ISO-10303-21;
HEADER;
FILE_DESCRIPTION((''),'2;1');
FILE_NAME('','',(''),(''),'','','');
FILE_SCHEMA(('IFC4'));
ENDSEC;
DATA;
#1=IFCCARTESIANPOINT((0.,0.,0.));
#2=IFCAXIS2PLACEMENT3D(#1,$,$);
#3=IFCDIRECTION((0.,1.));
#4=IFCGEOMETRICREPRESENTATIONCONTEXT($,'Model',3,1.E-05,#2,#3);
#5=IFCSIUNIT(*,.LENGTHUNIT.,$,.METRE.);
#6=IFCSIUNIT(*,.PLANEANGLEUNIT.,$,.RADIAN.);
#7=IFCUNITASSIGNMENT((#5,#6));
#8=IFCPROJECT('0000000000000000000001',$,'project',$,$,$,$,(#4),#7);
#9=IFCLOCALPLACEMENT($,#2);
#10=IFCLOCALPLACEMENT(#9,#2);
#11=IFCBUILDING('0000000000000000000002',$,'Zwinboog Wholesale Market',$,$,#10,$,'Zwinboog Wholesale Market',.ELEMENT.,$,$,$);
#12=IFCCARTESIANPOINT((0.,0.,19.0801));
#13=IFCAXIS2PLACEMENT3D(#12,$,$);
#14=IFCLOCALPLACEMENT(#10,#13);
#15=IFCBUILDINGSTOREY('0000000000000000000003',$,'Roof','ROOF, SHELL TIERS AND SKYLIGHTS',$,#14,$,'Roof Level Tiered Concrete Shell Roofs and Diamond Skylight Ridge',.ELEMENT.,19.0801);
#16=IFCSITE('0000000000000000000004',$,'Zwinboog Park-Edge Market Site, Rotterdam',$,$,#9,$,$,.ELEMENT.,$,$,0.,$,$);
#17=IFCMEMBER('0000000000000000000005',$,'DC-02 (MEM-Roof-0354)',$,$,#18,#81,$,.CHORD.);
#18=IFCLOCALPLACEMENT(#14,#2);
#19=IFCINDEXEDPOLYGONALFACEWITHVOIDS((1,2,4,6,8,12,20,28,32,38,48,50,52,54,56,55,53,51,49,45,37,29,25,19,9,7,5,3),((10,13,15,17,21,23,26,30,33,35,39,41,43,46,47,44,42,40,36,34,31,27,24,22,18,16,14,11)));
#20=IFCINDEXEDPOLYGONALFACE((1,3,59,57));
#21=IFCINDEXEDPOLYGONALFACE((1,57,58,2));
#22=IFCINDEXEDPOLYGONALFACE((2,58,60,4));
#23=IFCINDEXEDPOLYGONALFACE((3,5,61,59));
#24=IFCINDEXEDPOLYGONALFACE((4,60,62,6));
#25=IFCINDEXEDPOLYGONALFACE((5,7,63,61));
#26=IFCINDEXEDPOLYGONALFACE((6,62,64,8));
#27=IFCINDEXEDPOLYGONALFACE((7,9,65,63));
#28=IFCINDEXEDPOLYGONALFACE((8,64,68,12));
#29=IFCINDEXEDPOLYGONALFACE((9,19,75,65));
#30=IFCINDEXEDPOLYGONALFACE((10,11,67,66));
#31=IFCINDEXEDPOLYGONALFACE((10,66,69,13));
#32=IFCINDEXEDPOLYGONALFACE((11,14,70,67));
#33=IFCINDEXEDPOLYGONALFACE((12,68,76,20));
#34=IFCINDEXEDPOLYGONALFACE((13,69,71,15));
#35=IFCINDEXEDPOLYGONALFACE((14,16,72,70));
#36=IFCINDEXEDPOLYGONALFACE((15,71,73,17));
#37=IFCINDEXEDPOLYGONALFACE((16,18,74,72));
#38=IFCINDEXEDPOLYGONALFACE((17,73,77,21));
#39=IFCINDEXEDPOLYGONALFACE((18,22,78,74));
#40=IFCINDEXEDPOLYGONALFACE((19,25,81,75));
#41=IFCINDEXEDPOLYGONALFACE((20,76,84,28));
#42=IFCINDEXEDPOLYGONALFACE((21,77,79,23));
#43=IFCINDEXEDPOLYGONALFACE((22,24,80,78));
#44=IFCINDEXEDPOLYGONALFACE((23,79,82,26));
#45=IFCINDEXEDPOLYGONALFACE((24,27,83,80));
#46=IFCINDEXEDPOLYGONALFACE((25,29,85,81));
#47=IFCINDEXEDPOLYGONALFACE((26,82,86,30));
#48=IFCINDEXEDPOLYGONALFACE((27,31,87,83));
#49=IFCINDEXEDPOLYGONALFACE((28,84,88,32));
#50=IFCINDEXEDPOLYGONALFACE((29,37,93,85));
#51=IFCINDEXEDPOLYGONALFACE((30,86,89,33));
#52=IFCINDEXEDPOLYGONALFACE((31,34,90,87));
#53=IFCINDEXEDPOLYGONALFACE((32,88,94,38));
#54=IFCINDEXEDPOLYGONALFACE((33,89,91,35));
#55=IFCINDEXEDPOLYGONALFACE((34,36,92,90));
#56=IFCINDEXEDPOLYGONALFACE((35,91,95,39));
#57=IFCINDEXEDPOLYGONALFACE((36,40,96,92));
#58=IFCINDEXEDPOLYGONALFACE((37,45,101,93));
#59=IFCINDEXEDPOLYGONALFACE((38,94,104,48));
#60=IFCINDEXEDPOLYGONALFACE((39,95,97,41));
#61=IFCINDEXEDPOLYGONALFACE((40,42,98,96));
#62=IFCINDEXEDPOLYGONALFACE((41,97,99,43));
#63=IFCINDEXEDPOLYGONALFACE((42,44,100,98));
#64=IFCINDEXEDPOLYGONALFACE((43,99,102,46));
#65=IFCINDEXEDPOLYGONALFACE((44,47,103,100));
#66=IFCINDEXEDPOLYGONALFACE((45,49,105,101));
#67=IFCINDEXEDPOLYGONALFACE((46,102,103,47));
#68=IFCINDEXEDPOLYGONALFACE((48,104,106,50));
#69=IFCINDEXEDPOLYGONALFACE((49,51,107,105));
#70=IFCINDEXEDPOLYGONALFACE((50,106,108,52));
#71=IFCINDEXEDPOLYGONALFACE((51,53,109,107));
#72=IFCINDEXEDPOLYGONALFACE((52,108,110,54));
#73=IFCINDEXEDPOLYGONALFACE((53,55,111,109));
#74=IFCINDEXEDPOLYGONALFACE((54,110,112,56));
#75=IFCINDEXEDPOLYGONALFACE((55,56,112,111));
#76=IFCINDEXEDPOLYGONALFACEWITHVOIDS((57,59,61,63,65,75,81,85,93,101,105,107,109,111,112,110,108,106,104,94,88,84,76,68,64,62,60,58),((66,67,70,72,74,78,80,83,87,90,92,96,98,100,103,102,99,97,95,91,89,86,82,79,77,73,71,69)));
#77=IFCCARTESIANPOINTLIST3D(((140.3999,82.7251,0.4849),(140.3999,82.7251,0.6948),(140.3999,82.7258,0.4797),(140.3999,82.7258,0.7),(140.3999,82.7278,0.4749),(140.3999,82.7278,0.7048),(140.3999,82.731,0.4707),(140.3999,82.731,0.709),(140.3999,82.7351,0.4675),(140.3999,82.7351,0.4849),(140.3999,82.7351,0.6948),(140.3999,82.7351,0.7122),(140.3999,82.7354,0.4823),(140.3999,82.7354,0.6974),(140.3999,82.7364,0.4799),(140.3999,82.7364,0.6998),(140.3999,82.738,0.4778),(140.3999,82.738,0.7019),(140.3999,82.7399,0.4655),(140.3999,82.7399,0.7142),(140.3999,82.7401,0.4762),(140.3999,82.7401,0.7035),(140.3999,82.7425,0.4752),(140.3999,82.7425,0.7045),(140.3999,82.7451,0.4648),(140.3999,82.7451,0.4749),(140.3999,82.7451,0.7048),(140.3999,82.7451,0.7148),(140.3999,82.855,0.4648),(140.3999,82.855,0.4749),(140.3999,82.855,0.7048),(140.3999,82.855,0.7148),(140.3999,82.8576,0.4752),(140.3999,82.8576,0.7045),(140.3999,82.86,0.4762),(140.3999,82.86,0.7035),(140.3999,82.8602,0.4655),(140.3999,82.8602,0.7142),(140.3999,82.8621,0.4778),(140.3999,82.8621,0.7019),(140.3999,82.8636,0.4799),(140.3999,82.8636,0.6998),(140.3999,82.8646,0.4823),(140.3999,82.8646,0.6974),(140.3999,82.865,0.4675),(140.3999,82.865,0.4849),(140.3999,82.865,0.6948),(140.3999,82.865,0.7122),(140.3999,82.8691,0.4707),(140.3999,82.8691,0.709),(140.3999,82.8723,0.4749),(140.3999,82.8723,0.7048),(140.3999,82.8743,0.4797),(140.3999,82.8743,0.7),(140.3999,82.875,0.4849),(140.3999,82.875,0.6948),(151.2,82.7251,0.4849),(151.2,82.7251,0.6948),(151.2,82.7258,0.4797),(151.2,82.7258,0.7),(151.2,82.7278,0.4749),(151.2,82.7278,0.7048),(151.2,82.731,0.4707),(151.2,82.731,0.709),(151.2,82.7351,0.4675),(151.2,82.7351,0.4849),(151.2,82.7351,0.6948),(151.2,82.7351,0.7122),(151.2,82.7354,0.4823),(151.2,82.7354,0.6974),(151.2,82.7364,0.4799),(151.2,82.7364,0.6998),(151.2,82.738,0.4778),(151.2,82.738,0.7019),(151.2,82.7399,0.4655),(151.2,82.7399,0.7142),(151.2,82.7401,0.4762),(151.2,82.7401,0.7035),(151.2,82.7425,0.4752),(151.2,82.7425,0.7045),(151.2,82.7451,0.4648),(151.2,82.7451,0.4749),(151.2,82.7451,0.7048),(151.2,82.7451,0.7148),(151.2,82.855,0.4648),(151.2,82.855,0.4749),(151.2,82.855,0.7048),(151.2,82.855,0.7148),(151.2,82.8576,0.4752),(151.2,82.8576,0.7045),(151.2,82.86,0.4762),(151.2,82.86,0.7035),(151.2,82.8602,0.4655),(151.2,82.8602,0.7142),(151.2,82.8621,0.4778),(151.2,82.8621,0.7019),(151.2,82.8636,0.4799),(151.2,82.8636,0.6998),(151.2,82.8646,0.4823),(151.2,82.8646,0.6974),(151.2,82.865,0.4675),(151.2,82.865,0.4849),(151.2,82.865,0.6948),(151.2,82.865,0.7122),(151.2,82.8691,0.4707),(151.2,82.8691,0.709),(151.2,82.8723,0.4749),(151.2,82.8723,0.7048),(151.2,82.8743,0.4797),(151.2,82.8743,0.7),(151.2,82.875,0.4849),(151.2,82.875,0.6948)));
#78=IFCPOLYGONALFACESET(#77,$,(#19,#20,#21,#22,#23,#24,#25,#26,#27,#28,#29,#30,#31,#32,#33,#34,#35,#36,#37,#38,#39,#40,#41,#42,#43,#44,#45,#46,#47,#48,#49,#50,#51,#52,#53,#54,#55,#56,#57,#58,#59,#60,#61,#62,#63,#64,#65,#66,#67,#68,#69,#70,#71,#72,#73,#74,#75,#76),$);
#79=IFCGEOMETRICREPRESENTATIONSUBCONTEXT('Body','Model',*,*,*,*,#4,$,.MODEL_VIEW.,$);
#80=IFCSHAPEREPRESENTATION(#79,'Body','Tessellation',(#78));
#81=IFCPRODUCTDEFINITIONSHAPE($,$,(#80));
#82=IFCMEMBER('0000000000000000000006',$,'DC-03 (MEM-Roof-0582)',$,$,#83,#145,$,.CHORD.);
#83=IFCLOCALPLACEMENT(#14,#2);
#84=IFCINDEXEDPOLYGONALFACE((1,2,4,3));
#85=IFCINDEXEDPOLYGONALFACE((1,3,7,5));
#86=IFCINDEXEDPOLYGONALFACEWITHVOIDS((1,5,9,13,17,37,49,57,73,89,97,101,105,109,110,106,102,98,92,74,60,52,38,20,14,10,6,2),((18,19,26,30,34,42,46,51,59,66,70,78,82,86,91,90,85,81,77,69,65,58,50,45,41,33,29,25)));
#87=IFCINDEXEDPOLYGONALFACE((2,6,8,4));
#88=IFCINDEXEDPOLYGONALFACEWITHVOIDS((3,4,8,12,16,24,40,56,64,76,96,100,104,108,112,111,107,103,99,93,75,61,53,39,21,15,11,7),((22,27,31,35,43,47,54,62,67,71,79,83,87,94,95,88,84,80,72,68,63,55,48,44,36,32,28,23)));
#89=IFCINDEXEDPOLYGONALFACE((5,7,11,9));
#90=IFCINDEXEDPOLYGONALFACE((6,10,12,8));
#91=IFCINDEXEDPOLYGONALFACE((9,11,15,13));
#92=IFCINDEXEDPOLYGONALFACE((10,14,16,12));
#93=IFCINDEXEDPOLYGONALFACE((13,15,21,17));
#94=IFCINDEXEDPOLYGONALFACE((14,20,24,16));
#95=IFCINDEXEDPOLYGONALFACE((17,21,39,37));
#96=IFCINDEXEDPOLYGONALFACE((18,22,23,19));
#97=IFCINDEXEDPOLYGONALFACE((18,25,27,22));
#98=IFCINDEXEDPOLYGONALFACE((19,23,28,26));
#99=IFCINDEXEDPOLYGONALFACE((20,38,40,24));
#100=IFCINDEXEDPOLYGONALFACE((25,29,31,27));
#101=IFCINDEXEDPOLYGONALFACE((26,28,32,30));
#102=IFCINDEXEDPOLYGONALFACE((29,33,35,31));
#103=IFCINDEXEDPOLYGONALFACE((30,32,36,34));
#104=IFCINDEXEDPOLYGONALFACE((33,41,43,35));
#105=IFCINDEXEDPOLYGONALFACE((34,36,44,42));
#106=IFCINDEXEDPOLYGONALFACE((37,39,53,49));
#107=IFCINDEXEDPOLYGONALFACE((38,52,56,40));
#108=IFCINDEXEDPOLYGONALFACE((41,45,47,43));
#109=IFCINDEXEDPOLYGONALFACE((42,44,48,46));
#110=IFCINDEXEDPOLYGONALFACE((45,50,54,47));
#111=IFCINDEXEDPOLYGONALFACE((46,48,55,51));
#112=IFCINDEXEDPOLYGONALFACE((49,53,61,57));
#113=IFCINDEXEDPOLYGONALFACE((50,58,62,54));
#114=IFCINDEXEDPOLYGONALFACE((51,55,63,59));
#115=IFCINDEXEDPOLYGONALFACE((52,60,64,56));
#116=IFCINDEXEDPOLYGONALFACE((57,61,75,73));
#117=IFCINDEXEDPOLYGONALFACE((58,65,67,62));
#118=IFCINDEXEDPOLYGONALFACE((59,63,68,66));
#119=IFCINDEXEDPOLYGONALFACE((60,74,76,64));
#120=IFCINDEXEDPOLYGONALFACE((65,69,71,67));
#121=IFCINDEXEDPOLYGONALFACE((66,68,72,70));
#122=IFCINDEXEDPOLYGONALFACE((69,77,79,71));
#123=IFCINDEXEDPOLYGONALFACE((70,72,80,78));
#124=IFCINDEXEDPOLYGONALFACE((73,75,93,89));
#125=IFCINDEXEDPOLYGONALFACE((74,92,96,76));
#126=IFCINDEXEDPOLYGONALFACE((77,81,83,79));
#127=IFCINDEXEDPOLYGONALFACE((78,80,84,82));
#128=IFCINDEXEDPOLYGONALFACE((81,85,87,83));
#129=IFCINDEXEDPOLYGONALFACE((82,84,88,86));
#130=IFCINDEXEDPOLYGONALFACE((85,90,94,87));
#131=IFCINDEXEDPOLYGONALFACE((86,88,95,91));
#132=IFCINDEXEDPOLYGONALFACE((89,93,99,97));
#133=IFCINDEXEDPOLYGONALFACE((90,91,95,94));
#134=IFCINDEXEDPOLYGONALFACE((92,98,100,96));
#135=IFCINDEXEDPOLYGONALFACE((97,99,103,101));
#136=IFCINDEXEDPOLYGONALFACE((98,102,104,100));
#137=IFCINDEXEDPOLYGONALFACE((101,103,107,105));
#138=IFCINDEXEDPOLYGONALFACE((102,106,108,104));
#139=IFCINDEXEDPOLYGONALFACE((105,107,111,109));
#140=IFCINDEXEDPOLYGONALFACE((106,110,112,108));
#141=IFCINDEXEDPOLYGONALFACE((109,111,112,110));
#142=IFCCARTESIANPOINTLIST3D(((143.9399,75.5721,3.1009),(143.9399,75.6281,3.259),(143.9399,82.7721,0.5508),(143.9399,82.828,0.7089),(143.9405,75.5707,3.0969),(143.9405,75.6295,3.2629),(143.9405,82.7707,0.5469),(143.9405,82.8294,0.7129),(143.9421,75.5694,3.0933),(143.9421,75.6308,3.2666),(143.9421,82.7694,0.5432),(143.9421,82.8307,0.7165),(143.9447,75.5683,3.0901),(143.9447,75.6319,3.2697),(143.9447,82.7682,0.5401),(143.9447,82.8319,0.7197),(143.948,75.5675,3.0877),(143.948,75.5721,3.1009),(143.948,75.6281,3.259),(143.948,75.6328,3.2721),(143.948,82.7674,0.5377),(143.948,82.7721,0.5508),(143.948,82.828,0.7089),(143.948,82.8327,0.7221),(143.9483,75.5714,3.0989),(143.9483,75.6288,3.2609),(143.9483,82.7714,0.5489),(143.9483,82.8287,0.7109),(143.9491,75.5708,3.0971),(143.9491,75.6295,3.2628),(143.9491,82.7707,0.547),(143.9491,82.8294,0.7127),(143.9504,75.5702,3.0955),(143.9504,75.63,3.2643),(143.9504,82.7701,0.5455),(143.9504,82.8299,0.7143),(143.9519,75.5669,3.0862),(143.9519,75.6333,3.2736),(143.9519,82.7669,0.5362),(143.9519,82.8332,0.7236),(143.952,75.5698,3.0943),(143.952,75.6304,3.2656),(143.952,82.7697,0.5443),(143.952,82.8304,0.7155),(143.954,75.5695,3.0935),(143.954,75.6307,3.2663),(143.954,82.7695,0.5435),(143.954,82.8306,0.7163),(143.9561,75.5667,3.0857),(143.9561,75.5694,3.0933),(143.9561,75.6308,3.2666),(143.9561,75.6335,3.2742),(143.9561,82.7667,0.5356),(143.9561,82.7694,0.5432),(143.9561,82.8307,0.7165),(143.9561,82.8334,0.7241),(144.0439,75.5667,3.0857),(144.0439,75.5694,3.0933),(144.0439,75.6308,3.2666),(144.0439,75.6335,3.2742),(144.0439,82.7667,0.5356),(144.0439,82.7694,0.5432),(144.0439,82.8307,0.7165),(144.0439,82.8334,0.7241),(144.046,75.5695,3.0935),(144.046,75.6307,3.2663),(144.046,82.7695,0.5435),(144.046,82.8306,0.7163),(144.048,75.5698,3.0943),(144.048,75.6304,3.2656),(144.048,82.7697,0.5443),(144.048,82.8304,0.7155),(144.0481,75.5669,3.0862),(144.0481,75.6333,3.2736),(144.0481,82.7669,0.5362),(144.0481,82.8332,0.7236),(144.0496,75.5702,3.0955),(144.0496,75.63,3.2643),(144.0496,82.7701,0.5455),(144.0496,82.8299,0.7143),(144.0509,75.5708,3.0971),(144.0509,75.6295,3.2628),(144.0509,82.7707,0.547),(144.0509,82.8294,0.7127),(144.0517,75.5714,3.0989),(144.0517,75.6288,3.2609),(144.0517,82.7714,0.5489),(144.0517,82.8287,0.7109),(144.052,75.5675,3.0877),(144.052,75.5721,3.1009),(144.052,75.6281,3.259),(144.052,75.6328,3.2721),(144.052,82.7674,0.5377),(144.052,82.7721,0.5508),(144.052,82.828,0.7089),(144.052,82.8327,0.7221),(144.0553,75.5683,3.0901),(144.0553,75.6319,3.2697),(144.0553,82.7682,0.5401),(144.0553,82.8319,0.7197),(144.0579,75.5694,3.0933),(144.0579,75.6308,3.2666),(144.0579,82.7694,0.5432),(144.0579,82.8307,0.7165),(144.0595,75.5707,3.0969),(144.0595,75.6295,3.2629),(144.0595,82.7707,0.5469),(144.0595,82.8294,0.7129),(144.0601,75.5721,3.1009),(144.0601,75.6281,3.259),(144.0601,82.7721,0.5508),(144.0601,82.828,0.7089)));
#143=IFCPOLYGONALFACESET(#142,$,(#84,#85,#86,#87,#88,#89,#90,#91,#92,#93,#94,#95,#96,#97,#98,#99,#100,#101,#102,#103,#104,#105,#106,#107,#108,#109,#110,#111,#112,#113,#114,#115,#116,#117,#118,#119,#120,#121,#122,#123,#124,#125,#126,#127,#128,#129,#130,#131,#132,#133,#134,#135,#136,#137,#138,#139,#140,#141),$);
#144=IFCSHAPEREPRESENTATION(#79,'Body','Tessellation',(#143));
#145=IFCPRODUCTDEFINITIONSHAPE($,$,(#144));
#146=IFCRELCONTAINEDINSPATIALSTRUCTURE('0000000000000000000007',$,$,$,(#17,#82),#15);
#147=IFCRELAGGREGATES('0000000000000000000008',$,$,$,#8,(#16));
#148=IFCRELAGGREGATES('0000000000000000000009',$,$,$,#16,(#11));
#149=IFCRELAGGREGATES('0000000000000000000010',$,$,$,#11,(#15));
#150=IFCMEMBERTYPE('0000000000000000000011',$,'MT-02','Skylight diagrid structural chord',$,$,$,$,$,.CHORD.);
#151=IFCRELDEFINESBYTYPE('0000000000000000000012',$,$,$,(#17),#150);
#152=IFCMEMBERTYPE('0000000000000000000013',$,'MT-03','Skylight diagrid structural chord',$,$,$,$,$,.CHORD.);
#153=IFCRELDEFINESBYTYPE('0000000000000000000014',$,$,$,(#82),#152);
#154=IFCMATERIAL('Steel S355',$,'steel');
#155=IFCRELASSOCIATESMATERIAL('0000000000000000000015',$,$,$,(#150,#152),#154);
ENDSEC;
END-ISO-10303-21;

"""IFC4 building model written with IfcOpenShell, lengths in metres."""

from ifc_helpers import new_model, si_unit, direction, frame, origin, origin_2d, place, context, subcontext, project, spatial, hollow_rectangle, extrude, material, material_profile, profile_set, type_object, element, save


model = new_model("IFC4")

# Units and contexts
model_context = context("Model", 3, precision=1e-05, world=origin(), true_north=direction((0.0, 1.0)))
body_context = subcontext(model_context, "Body", "Model", "MODEL_VIEW")
ifc_project = project(units=[si_unit("LENGTHUNIT", "METRE"), si_unit("PLANEANGLEUNIT", "RADIAN")], contexts=[model_context])

# Site, building, storey
site_placement = place(None, origin())
site = spatial("IfcSite", under=ifc_project, at=site_placement, Name="Zwinboog Park-Edge Market Site, Rotterdam", CompositionType="ELEMENT", RefElevation=0.0)
building_placement = place(site_placement, origin())
building = spatial("IfcBuilding", under=site, at=building_placement, Name="Zwinboog Wholesale Market", LongName="Zwinboog Wholesale Market", CompositionType="ELEMENT")
storey_placement = place(building_placement, frame((0.0, 0.0, 19.0801)))
storey = spatial("IfcBuildingStorey", under=building, at=storey_placement, Name="Roof", Description="ROOF, SHELL TIERS AND SKYLIGHTS", LongName="Roof Level Tiered Concrete Shell Roofs and Diamond Skylight Ridge", CompositionType="ELEMENT", Elevation=19.0801)

# Members
ifc_material_1 = material(Name="Steel S355", Category="steel")
ifc_material_profile_1 = material_profile(ifc_material_1, hollow_rectangle(XDim=0.1499, YDim=0.25, WallThickness=0.01, InnerFilletRadius=0.01, OuterFilletRadius=0.02, at=origin_2d()), Name="RHS 250x150x10")
ifc_profile_set_1 = profile_set([ifc_material_profile_1], Name="Steel S355")
member_type_1 = type_object("IfcMemberType", Name="MT-02", Description="Skylight diagrid structural chord", PredefinedType="CHORD", material=ifc_profile_set_1)
member_1_placement = place(storey_placement, frame((140.3999, 82.8, 0.5898), z_axis=(1.0, 0.0, 0.0), x_axis=(0.0, 1.0, 0.0)))
element("IfcMember", 1, at=member_1_placement, inside=storey, type_object=member_type_1, Name="DC-02 (MEM-Roof-0354)", PredefinedType="CHORD", context=body_context, shape_type="SweptSolid", body=[
    extrude(hollow_rectangle(XDim=0.1499, YDim=0.25, WallThickness=0.01, InnerFilletRadius=0.01, OuterFilletRadius=0.02, at=origin_2d()), origin(), (0.0, 0.0, 1.0), 10.8),
])
ifc_material_profile_2 = material_profile(ifc_material_1, hollow_rectangle(XDim=0.1201, YDim=0.2, WallThickness=0.0081, InnerFilletRadius=0.0081, OuterFilletRadius=0.0161, at=origin_2d()), Name="RHS 200x120x8")
ifc_profile_set_2 = profile_set([ifc_material_profile_2], Name="Steel S355")
member_type_2 = type_object("IfcMemberType", Name="MT-03", Description="Skylight diagrid structural chord", PredefinedType="CHORD", material=ifc_profile_set_2)
member_2_placement = place(storey_placement, frame((144.0, 82.8, 0.6299), z_axis=(0.0, -0.942625, 0.333855), x_axis=(1.0, 0.0, 0.0)))
element("IfcMember", 2, at=member_2_placement, inside=storey, type_object=member_type_2, Name="DC-03 (MEM-Roof-0582)", PredefinedType="CHORD", context=body_context, shape_type="SweptSolid", body=[
    extrude(hollow_rectangle(XDim=0.1201, YDim=0.2, WallThickness=0.0081, InnerFilletRadius=0.0081, OuterFilletRadius=0.0161, at=origin_2d()), origin(), (0.0, 0.0, 1.0), 7.6382),
])

save(model, "model.ifc")
